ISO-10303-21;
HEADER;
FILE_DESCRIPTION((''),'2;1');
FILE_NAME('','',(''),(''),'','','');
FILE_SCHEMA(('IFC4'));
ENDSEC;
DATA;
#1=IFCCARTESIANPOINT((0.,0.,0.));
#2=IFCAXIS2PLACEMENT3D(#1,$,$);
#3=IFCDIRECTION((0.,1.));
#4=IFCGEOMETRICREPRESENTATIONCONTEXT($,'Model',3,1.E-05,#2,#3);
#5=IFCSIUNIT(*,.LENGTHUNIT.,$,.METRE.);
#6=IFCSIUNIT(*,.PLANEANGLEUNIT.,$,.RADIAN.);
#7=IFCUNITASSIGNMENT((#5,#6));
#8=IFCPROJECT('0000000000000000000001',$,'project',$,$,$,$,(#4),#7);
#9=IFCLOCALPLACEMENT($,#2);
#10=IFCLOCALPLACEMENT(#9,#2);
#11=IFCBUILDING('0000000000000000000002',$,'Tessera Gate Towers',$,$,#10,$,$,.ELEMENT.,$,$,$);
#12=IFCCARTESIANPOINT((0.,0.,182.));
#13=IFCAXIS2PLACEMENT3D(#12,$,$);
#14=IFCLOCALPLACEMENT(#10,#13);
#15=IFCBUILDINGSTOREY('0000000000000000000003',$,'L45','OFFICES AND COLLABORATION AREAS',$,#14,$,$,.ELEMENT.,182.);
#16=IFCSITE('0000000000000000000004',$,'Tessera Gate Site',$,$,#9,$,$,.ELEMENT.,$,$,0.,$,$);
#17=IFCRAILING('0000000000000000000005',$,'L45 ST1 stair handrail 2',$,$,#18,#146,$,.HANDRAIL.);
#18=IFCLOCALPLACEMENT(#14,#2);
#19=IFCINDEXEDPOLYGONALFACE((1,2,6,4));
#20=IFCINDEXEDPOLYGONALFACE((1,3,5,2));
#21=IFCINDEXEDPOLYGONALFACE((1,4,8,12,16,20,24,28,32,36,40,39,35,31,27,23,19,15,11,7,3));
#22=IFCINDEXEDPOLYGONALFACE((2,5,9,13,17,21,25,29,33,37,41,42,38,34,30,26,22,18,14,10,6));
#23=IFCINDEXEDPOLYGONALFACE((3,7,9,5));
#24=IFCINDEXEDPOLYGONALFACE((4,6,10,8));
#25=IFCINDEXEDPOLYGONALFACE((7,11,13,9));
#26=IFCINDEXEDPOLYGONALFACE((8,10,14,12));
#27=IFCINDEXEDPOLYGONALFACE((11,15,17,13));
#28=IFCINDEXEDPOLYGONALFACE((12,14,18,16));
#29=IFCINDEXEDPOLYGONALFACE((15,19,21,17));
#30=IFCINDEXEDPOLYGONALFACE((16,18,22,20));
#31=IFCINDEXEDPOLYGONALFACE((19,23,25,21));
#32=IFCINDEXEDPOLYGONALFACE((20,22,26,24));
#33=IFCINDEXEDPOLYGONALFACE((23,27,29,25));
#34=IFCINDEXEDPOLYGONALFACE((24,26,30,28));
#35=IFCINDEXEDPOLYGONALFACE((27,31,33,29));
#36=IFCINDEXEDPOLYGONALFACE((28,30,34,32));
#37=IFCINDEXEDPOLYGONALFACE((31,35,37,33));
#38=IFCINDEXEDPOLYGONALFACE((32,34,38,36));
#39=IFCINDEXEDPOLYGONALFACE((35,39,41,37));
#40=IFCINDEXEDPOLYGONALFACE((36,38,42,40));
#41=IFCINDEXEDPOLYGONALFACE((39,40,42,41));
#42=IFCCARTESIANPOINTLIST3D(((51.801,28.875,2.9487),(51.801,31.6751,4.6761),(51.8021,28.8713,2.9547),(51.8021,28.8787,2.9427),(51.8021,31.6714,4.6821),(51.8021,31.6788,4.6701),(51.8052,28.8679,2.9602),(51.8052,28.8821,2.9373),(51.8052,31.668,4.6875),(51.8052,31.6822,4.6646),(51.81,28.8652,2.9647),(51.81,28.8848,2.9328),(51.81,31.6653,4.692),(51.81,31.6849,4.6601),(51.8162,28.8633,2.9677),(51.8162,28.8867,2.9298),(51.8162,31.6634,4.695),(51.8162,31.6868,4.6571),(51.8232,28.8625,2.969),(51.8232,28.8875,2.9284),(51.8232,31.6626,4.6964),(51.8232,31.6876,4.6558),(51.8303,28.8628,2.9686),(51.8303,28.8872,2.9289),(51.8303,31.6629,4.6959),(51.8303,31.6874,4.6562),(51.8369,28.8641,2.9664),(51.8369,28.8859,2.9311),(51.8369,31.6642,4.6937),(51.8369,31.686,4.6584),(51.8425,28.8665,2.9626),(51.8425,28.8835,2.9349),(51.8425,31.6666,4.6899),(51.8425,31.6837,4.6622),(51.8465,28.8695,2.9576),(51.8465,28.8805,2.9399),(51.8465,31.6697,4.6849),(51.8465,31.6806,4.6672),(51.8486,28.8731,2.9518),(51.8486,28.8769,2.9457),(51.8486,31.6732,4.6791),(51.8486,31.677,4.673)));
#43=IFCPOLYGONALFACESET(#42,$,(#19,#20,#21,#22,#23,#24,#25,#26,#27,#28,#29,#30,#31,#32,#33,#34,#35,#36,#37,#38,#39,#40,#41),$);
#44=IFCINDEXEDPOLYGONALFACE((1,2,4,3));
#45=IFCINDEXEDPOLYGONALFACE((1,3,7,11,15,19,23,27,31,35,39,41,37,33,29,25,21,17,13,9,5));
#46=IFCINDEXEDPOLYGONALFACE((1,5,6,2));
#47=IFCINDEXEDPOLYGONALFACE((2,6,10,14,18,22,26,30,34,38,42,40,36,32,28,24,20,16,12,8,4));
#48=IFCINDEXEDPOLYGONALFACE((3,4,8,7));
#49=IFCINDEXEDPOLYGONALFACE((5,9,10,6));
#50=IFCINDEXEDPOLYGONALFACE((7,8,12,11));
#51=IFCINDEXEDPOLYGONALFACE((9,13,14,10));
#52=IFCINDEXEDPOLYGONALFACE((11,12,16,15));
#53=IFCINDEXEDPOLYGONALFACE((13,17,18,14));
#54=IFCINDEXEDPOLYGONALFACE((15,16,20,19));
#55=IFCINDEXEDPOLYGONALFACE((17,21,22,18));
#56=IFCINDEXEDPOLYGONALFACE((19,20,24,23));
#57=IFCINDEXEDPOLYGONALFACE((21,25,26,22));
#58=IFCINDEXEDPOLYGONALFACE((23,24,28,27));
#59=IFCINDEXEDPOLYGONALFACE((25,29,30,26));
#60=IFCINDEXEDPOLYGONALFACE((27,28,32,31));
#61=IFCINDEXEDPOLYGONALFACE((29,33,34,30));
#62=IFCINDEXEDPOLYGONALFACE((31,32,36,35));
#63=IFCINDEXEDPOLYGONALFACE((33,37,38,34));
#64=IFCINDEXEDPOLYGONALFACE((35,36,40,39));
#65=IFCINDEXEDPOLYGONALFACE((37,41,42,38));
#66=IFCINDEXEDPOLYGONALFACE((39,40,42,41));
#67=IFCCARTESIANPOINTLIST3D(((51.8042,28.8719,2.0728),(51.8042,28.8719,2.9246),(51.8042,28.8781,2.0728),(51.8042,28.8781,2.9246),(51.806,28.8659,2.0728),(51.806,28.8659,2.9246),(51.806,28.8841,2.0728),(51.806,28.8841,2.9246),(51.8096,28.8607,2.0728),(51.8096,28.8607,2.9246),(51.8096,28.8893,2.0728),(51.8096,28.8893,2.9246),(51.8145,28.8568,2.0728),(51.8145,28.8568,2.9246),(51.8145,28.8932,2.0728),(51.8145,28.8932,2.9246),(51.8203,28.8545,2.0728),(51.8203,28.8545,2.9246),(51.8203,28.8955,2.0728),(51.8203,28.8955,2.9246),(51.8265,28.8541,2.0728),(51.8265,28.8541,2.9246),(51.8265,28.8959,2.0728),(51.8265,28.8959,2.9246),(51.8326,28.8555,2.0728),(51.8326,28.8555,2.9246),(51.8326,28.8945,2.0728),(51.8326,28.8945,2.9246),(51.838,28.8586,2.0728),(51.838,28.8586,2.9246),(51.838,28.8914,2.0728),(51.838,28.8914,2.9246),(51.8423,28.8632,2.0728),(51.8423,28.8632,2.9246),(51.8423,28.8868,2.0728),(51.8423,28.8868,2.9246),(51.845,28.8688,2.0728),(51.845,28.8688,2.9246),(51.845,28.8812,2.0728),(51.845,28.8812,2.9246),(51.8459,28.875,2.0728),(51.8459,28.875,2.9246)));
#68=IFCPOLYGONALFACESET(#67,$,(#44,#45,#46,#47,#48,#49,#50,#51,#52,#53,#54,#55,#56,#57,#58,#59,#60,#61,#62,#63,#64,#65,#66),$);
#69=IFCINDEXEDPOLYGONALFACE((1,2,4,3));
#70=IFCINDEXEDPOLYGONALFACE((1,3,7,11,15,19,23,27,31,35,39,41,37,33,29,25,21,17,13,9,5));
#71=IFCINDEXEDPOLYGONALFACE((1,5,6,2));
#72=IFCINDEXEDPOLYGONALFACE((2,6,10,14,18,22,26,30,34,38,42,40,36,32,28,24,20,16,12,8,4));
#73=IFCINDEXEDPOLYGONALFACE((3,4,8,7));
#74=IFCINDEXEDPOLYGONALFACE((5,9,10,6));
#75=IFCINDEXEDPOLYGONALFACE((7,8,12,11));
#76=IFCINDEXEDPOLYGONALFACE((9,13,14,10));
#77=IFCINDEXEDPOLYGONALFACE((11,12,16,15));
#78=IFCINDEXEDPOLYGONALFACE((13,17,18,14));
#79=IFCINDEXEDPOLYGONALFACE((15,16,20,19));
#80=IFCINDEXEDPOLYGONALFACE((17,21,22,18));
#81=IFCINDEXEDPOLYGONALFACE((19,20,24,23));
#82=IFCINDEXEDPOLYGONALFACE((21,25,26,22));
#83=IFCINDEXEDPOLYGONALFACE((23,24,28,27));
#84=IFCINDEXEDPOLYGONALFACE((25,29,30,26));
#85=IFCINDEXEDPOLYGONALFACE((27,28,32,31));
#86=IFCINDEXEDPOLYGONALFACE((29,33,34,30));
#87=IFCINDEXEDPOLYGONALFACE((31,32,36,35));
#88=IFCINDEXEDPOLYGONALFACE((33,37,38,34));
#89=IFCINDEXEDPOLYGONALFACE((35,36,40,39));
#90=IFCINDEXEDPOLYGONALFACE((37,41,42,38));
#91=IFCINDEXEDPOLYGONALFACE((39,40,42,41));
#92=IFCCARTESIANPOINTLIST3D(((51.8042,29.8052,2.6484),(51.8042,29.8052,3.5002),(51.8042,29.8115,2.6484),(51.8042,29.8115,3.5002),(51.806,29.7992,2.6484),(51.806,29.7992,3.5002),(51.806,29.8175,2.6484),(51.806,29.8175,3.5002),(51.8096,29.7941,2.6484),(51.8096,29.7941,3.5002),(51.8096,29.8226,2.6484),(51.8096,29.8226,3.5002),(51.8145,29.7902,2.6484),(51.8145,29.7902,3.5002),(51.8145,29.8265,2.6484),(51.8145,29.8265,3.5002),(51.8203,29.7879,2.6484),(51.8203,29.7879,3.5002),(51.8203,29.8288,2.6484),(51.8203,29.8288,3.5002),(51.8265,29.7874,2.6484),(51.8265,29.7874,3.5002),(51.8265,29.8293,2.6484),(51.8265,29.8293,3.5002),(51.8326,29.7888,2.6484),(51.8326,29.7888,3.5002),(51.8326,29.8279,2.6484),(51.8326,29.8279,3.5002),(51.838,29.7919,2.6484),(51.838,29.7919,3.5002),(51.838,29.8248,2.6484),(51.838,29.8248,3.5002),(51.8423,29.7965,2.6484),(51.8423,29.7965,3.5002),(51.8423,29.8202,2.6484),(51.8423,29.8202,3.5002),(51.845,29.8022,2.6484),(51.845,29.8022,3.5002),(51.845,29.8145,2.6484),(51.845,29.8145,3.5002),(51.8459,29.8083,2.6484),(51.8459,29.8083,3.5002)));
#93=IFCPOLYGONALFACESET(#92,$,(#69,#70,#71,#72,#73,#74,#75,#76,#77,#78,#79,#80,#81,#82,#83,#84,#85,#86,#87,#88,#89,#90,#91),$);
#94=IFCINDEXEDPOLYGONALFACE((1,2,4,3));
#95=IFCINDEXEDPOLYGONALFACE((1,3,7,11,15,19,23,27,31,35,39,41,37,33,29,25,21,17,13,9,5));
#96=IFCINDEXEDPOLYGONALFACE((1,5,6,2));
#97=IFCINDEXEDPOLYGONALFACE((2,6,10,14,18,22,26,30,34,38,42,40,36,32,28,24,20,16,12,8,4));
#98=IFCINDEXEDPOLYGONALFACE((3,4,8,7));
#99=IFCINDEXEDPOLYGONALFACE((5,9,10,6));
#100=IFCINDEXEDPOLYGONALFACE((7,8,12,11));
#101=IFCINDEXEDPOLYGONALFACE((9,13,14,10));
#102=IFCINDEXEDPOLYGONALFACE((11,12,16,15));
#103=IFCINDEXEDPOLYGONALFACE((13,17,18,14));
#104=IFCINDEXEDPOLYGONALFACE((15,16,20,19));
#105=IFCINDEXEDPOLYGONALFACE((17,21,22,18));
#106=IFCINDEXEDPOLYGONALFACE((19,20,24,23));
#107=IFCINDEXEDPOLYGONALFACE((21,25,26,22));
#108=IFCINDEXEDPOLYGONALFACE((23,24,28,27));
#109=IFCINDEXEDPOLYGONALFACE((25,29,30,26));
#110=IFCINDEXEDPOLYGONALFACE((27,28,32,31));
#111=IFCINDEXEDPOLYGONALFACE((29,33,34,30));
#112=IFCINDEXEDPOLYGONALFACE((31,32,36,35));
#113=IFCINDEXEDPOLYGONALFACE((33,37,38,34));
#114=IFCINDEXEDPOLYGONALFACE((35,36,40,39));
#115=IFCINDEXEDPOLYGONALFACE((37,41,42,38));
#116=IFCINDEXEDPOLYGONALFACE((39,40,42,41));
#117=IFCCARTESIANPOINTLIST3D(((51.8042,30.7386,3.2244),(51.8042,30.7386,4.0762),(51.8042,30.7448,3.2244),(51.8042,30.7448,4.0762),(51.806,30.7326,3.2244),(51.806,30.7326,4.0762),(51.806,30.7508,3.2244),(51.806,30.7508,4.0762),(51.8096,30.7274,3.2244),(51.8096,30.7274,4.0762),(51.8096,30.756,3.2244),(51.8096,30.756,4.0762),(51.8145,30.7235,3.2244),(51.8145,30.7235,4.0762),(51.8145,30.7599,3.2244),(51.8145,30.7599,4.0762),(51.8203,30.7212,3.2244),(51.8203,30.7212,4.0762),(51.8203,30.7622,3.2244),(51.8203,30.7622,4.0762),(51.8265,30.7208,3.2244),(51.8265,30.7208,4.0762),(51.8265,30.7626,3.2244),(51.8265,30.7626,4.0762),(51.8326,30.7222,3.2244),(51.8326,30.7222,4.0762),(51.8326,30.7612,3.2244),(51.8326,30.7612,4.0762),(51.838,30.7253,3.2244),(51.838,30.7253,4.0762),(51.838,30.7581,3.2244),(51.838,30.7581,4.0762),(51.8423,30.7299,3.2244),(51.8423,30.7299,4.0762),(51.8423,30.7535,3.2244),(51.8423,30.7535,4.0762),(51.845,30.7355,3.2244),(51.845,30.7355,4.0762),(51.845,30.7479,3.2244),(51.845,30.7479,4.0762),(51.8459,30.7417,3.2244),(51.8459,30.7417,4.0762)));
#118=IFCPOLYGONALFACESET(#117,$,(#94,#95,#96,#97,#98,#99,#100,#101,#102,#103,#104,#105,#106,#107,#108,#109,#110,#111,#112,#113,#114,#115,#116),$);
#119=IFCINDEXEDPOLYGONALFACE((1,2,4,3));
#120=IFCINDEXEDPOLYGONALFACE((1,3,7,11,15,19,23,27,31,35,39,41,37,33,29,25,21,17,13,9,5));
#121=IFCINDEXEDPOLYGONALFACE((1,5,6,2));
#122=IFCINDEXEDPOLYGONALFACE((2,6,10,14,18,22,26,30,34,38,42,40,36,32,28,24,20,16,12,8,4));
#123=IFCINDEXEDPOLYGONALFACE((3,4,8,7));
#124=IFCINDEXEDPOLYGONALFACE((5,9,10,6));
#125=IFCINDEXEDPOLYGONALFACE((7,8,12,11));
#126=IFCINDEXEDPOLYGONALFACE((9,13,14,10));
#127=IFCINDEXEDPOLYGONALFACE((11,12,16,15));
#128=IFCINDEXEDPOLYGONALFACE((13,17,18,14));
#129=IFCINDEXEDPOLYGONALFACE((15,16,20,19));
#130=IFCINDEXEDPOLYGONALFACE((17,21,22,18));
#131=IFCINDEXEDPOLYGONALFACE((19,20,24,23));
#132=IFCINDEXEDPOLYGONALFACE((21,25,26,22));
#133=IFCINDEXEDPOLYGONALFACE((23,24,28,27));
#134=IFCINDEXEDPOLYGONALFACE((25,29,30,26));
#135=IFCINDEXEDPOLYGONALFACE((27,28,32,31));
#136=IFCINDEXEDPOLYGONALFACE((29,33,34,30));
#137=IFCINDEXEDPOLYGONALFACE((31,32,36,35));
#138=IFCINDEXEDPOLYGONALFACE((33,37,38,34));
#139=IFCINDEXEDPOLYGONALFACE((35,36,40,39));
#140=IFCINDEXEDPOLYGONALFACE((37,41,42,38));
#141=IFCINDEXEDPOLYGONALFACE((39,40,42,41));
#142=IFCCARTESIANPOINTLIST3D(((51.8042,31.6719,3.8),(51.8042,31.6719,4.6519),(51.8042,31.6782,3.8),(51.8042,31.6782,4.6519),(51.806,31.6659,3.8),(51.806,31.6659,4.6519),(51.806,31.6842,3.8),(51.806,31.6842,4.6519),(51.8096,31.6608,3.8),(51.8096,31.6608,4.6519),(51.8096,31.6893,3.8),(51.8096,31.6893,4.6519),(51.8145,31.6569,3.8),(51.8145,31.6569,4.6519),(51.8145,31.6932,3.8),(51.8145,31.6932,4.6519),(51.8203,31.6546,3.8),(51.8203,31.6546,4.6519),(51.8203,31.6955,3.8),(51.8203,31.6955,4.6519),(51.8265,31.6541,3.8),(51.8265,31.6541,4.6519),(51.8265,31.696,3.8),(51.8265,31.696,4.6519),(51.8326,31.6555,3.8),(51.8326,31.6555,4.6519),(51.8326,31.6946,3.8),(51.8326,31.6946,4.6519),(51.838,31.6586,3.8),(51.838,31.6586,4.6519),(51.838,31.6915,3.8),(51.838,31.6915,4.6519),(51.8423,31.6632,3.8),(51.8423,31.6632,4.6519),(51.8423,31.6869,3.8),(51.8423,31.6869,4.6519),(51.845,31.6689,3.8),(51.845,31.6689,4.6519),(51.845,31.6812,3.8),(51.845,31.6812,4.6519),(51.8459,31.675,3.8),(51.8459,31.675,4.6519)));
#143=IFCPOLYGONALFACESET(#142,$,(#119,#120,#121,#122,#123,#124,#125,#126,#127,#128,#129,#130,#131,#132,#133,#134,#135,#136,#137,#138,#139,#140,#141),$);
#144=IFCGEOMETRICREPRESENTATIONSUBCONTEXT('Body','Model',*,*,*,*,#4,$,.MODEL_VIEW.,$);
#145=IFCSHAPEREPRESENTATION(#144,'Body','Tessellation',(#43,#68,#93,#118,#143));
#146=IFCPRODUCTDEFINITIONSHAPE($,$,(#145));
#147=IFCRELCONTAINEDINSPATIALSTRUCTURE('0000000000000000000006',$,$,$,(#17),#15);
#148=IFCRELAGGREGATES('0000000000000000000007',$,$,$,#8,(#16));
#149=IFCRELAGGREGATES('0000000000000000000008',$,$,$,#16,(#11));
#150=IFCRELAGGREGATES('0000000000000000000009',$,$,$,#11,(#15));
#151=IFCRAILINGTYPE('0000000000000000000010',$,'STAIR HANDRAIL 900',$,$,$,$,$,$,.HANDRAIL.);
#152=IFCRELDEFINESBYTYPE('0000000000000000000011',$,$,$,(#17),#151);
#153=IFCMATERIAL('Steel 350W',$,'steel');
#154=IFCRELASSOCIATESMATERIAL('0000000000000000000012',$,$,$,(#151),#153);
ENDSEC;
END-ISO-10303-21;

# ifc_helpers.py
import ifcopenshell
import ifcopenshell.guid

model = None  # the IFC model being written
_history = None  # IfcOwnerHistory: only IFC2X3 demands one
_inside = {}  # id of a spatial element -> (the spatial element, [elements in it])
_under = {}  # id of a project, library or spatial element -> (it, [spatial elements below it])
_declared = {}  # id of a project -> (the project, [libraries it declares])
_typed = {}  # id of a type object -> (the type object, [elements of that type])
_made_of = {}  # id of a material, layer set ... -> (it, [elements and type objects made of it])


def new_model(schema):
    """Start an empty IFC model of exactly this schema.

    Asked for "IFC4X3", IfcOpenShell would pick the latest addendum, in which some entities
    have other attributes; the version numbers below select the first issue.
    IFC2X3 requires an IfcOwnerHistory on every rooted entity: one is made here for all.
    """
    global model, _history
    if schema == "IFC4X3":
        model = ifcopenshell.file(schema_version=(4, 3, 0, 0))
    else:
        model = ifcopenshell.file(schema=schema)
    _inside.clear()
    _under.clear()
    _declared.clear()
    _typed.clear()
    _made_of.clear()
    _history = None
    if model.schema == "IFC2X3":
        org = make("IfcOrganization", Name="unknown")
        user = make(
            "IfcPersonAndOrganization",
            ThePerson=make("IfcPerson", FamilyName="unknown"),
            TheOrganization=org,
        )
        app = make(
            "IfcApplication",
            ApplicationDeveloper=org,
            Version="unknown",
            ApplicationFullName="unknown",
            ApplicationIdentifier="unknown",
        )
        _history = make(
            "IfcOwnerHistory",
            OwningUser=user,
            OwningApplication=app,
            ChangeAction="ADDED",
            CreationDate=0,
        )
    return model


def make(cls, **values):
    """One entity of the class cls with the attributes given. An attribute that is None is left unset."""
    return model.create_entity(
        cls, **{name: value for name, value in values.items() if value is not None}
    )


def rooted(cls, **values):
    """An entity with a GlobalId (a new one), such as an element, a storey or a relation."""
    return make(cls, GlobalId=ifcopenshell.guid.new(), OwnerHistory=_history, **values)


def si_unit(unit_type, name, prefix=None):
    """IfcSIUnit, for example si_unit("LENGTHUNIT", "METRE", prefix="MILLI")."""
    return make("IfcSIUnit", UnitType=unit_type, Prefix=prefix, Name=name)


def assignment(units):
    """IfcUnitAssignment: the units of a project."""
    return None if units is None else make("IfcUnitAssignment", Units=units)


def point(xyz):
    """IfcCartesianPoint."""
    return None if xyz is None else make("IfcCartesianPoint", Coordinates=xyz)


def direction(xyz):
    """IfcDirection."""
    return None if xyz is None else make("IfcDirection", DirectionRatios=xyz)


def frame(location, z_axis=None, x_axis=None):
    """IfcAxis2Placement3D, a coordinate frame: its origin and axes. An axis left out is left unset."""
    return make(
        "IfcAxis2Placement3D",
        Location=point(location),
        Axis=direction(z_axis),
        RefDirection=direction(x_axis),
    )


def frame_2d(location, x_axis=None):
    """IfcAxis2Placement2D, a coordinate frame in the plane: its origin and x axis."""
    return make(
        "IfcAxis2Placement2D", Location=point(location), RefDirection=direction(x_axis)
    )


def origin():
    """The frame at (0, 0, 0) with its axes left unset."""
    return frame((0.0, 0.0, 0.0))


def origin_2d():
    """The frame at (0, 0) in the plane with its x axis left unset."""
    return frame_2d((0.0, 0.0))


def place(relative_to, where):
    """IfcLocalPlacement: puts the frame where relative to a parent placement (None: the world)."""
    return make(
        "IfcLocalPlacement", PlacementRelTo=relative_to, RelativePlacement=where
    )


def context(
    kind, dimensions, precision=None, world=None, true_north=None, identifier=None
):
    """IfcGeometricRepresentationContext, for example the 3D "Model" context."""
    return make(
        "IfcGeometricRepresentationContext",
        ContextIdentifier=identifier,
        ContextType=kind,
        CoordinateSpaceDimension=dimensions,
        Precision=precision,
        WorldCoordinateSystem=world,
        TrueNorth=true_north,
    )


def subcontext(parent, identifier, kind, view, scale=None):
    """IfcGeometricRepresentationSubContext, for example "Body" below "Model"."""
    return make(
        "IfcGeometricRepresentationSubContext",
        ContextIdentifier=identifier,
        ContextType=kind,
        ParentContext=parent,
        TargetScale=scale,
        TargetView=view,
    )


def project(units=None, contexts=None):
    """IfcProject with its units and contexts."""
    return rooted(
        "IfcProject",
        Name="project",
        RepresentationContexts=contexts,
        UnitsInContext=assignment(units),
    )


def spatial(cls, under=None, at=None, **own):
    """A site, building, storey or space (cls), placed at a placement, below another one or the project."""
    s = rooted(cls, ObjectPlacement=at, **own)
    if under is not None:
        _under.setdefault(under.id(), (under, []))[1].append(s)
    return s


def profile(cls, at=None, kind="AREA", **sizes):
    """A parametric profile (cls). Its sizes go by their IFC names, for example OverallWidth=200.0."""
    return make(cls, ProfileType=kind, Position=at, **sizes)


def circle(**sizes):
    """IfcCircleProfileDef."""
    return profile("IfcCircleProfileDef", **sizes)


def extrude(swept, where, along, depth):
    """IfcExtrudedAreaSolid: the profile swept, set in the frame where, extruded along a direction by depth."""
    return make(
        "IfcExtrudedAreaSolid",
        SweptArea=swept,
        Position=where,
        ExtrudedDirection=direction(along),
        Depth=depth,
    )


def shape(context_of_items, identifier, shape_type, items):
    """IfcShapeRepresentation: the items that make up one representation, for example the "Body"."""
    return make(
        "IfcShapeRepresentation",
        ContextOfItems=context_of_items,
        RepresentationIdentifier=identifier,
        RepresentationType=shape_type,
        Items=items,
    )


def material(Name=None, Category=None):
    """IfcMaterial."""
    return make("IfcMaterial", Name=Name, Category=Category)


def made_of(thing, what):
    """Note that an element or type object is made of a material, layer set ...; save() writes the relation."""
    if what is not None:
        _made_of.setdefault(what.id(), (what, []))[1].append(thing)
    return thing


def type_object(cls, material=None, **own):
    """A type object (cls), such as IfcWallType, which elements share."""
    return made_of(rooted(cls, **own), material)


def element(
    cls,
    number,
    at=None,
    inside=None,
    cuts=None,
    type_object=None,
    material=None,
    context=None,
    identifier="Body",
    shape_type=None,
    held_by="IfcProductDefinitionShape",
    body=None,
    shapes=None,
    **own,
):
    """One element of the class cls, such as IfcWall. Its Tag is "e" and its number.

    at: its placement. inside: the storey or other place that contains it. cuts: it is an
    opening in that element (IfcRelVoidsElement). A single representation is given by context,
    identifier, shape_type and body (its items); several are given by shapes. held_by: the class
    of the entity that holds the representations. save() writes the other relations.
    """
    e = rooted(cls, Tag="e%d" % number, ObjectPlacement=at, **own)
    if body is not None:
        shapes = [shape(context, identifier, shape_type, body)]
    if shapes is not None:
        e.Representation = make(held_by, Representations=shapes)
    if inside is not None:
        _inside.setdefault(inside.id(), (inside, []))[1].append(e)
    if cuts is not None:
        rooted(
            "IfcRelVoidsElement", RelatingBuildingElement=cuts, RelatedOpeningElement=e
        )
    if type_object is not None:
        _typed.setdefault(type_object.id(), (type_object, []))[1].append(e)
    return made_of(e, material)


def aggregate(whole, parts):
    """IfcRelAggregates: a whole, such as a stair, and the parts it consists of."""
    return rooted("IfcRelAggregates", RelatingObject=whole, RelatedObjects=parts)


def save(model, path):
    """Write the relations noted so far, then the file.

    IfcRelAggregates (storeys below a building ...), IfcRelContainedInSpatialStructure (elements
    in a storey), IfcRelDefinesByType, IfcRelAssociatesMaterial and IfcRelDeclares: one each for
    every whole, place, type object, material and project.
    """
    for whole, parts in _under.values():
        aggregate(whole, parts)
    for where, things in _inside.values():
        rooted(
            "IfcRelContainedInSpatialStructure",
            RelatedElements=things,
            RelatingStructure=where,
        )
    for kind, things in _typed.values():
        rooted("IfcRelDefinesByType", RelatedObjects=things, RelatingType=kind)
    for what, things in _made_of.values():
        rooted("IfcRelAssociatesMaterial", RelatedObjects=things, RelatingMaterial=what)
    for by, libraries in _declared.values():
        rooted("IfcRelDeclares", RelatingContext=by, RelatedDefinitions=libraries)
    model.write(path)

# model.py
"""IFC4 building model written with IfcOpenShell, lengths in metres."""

from ifc_helpers import new_model, si_unit, direction, frame, origin, origin_2d, place, context, subcontext, project, spatial, circle, extrude, material, type_object, element, save


model = new_model("IFC4")

# Units and contexts
model_context = context("Model", 3, precision=1e-05, world=origin(), true_north=direction((0.0, 1.0)))
body_context = subcontext(model_context, "Body", "Model", "MODEL_VIEW")
ifc_project = project(units=[si_unit("LENGTHUNIT", "METRE"), si_unit("PLANEANGLEUNIT", "RADIAN")], contexts=[model_context])

# Site, building, storey
site_placement = place(None, origin())
site = spatial("IfcSite", under=ifc_project, at=site_placement, Name="Tessera Gate Site", CompositionType="ELEMENT", RefElevation=0.0)
building_placement = place(site_placement, origin())
building = spatial("IfcBuilding", under=site, at=building_placement, Name="Tessera Gate Towers", CompositionType="ELEMENT")
storey_placement = place(building_placement, frame((0.0, 0.0, 182.0)))
storey = spatial("IfcBuildingStorey", under=building, at=storey_placement, Name="L45", Description="OFFICES AND COLLABORATION AREAS", CompositionType="ELEMENT", Elevation=182.0)

# Railing
ifc_material_1 = material(Name="Steel 350W", Category="steel")
railing_type = type_object("IfcRailingType", Name="STAIR HANDRAIL 900", PredefinedType="HANDRAIL", material=ifc_material_1)
railing_placement = place(storey_placement, frame((51.825, 28.875, 2.0728)))
element("IfcRailing", 1, at=railing_placement, inside=storey, type_object=railing_type, Name="L45 ST1 stair handrail 2", PredefinedType="HANDRAIL", context=body_context, shape_type="SweptSolid", body=[
    extrude(circle(Radius=0.0239, at=origin_2d()), frame((0.0, 0.0, 0.876), z_axis=(0.0, 0.85109, 0.52502), x_axis=(-1.0, 0.0, 0.0)), (0.0, 0.0, 1.0), 3.29),
    extrude(circle(Radius=0.021, at=origin_2d()), origin(), (0.0, 0.0, 1.0), 0.8518),
    extrude(circle(Radius=0.021, at=origin_2d()), frame((0.0, 0.9333, 0.5757)), (0.0, 0.0, 1.0), 0.8518),
    extrude(circle(Radius=0.021, at=origin_2d()), frame((0.0, 1.8667, 1.1516)), (0.0, 0.0, 1.0), 0.8518),
    extrude(circle(Radius=0.021, at=origin_2d()), frame((0.0, 2.8, 1.7273)), (0.0, 0.0, 1.0), 0.8518),
])

save(model, "model.ifc")
